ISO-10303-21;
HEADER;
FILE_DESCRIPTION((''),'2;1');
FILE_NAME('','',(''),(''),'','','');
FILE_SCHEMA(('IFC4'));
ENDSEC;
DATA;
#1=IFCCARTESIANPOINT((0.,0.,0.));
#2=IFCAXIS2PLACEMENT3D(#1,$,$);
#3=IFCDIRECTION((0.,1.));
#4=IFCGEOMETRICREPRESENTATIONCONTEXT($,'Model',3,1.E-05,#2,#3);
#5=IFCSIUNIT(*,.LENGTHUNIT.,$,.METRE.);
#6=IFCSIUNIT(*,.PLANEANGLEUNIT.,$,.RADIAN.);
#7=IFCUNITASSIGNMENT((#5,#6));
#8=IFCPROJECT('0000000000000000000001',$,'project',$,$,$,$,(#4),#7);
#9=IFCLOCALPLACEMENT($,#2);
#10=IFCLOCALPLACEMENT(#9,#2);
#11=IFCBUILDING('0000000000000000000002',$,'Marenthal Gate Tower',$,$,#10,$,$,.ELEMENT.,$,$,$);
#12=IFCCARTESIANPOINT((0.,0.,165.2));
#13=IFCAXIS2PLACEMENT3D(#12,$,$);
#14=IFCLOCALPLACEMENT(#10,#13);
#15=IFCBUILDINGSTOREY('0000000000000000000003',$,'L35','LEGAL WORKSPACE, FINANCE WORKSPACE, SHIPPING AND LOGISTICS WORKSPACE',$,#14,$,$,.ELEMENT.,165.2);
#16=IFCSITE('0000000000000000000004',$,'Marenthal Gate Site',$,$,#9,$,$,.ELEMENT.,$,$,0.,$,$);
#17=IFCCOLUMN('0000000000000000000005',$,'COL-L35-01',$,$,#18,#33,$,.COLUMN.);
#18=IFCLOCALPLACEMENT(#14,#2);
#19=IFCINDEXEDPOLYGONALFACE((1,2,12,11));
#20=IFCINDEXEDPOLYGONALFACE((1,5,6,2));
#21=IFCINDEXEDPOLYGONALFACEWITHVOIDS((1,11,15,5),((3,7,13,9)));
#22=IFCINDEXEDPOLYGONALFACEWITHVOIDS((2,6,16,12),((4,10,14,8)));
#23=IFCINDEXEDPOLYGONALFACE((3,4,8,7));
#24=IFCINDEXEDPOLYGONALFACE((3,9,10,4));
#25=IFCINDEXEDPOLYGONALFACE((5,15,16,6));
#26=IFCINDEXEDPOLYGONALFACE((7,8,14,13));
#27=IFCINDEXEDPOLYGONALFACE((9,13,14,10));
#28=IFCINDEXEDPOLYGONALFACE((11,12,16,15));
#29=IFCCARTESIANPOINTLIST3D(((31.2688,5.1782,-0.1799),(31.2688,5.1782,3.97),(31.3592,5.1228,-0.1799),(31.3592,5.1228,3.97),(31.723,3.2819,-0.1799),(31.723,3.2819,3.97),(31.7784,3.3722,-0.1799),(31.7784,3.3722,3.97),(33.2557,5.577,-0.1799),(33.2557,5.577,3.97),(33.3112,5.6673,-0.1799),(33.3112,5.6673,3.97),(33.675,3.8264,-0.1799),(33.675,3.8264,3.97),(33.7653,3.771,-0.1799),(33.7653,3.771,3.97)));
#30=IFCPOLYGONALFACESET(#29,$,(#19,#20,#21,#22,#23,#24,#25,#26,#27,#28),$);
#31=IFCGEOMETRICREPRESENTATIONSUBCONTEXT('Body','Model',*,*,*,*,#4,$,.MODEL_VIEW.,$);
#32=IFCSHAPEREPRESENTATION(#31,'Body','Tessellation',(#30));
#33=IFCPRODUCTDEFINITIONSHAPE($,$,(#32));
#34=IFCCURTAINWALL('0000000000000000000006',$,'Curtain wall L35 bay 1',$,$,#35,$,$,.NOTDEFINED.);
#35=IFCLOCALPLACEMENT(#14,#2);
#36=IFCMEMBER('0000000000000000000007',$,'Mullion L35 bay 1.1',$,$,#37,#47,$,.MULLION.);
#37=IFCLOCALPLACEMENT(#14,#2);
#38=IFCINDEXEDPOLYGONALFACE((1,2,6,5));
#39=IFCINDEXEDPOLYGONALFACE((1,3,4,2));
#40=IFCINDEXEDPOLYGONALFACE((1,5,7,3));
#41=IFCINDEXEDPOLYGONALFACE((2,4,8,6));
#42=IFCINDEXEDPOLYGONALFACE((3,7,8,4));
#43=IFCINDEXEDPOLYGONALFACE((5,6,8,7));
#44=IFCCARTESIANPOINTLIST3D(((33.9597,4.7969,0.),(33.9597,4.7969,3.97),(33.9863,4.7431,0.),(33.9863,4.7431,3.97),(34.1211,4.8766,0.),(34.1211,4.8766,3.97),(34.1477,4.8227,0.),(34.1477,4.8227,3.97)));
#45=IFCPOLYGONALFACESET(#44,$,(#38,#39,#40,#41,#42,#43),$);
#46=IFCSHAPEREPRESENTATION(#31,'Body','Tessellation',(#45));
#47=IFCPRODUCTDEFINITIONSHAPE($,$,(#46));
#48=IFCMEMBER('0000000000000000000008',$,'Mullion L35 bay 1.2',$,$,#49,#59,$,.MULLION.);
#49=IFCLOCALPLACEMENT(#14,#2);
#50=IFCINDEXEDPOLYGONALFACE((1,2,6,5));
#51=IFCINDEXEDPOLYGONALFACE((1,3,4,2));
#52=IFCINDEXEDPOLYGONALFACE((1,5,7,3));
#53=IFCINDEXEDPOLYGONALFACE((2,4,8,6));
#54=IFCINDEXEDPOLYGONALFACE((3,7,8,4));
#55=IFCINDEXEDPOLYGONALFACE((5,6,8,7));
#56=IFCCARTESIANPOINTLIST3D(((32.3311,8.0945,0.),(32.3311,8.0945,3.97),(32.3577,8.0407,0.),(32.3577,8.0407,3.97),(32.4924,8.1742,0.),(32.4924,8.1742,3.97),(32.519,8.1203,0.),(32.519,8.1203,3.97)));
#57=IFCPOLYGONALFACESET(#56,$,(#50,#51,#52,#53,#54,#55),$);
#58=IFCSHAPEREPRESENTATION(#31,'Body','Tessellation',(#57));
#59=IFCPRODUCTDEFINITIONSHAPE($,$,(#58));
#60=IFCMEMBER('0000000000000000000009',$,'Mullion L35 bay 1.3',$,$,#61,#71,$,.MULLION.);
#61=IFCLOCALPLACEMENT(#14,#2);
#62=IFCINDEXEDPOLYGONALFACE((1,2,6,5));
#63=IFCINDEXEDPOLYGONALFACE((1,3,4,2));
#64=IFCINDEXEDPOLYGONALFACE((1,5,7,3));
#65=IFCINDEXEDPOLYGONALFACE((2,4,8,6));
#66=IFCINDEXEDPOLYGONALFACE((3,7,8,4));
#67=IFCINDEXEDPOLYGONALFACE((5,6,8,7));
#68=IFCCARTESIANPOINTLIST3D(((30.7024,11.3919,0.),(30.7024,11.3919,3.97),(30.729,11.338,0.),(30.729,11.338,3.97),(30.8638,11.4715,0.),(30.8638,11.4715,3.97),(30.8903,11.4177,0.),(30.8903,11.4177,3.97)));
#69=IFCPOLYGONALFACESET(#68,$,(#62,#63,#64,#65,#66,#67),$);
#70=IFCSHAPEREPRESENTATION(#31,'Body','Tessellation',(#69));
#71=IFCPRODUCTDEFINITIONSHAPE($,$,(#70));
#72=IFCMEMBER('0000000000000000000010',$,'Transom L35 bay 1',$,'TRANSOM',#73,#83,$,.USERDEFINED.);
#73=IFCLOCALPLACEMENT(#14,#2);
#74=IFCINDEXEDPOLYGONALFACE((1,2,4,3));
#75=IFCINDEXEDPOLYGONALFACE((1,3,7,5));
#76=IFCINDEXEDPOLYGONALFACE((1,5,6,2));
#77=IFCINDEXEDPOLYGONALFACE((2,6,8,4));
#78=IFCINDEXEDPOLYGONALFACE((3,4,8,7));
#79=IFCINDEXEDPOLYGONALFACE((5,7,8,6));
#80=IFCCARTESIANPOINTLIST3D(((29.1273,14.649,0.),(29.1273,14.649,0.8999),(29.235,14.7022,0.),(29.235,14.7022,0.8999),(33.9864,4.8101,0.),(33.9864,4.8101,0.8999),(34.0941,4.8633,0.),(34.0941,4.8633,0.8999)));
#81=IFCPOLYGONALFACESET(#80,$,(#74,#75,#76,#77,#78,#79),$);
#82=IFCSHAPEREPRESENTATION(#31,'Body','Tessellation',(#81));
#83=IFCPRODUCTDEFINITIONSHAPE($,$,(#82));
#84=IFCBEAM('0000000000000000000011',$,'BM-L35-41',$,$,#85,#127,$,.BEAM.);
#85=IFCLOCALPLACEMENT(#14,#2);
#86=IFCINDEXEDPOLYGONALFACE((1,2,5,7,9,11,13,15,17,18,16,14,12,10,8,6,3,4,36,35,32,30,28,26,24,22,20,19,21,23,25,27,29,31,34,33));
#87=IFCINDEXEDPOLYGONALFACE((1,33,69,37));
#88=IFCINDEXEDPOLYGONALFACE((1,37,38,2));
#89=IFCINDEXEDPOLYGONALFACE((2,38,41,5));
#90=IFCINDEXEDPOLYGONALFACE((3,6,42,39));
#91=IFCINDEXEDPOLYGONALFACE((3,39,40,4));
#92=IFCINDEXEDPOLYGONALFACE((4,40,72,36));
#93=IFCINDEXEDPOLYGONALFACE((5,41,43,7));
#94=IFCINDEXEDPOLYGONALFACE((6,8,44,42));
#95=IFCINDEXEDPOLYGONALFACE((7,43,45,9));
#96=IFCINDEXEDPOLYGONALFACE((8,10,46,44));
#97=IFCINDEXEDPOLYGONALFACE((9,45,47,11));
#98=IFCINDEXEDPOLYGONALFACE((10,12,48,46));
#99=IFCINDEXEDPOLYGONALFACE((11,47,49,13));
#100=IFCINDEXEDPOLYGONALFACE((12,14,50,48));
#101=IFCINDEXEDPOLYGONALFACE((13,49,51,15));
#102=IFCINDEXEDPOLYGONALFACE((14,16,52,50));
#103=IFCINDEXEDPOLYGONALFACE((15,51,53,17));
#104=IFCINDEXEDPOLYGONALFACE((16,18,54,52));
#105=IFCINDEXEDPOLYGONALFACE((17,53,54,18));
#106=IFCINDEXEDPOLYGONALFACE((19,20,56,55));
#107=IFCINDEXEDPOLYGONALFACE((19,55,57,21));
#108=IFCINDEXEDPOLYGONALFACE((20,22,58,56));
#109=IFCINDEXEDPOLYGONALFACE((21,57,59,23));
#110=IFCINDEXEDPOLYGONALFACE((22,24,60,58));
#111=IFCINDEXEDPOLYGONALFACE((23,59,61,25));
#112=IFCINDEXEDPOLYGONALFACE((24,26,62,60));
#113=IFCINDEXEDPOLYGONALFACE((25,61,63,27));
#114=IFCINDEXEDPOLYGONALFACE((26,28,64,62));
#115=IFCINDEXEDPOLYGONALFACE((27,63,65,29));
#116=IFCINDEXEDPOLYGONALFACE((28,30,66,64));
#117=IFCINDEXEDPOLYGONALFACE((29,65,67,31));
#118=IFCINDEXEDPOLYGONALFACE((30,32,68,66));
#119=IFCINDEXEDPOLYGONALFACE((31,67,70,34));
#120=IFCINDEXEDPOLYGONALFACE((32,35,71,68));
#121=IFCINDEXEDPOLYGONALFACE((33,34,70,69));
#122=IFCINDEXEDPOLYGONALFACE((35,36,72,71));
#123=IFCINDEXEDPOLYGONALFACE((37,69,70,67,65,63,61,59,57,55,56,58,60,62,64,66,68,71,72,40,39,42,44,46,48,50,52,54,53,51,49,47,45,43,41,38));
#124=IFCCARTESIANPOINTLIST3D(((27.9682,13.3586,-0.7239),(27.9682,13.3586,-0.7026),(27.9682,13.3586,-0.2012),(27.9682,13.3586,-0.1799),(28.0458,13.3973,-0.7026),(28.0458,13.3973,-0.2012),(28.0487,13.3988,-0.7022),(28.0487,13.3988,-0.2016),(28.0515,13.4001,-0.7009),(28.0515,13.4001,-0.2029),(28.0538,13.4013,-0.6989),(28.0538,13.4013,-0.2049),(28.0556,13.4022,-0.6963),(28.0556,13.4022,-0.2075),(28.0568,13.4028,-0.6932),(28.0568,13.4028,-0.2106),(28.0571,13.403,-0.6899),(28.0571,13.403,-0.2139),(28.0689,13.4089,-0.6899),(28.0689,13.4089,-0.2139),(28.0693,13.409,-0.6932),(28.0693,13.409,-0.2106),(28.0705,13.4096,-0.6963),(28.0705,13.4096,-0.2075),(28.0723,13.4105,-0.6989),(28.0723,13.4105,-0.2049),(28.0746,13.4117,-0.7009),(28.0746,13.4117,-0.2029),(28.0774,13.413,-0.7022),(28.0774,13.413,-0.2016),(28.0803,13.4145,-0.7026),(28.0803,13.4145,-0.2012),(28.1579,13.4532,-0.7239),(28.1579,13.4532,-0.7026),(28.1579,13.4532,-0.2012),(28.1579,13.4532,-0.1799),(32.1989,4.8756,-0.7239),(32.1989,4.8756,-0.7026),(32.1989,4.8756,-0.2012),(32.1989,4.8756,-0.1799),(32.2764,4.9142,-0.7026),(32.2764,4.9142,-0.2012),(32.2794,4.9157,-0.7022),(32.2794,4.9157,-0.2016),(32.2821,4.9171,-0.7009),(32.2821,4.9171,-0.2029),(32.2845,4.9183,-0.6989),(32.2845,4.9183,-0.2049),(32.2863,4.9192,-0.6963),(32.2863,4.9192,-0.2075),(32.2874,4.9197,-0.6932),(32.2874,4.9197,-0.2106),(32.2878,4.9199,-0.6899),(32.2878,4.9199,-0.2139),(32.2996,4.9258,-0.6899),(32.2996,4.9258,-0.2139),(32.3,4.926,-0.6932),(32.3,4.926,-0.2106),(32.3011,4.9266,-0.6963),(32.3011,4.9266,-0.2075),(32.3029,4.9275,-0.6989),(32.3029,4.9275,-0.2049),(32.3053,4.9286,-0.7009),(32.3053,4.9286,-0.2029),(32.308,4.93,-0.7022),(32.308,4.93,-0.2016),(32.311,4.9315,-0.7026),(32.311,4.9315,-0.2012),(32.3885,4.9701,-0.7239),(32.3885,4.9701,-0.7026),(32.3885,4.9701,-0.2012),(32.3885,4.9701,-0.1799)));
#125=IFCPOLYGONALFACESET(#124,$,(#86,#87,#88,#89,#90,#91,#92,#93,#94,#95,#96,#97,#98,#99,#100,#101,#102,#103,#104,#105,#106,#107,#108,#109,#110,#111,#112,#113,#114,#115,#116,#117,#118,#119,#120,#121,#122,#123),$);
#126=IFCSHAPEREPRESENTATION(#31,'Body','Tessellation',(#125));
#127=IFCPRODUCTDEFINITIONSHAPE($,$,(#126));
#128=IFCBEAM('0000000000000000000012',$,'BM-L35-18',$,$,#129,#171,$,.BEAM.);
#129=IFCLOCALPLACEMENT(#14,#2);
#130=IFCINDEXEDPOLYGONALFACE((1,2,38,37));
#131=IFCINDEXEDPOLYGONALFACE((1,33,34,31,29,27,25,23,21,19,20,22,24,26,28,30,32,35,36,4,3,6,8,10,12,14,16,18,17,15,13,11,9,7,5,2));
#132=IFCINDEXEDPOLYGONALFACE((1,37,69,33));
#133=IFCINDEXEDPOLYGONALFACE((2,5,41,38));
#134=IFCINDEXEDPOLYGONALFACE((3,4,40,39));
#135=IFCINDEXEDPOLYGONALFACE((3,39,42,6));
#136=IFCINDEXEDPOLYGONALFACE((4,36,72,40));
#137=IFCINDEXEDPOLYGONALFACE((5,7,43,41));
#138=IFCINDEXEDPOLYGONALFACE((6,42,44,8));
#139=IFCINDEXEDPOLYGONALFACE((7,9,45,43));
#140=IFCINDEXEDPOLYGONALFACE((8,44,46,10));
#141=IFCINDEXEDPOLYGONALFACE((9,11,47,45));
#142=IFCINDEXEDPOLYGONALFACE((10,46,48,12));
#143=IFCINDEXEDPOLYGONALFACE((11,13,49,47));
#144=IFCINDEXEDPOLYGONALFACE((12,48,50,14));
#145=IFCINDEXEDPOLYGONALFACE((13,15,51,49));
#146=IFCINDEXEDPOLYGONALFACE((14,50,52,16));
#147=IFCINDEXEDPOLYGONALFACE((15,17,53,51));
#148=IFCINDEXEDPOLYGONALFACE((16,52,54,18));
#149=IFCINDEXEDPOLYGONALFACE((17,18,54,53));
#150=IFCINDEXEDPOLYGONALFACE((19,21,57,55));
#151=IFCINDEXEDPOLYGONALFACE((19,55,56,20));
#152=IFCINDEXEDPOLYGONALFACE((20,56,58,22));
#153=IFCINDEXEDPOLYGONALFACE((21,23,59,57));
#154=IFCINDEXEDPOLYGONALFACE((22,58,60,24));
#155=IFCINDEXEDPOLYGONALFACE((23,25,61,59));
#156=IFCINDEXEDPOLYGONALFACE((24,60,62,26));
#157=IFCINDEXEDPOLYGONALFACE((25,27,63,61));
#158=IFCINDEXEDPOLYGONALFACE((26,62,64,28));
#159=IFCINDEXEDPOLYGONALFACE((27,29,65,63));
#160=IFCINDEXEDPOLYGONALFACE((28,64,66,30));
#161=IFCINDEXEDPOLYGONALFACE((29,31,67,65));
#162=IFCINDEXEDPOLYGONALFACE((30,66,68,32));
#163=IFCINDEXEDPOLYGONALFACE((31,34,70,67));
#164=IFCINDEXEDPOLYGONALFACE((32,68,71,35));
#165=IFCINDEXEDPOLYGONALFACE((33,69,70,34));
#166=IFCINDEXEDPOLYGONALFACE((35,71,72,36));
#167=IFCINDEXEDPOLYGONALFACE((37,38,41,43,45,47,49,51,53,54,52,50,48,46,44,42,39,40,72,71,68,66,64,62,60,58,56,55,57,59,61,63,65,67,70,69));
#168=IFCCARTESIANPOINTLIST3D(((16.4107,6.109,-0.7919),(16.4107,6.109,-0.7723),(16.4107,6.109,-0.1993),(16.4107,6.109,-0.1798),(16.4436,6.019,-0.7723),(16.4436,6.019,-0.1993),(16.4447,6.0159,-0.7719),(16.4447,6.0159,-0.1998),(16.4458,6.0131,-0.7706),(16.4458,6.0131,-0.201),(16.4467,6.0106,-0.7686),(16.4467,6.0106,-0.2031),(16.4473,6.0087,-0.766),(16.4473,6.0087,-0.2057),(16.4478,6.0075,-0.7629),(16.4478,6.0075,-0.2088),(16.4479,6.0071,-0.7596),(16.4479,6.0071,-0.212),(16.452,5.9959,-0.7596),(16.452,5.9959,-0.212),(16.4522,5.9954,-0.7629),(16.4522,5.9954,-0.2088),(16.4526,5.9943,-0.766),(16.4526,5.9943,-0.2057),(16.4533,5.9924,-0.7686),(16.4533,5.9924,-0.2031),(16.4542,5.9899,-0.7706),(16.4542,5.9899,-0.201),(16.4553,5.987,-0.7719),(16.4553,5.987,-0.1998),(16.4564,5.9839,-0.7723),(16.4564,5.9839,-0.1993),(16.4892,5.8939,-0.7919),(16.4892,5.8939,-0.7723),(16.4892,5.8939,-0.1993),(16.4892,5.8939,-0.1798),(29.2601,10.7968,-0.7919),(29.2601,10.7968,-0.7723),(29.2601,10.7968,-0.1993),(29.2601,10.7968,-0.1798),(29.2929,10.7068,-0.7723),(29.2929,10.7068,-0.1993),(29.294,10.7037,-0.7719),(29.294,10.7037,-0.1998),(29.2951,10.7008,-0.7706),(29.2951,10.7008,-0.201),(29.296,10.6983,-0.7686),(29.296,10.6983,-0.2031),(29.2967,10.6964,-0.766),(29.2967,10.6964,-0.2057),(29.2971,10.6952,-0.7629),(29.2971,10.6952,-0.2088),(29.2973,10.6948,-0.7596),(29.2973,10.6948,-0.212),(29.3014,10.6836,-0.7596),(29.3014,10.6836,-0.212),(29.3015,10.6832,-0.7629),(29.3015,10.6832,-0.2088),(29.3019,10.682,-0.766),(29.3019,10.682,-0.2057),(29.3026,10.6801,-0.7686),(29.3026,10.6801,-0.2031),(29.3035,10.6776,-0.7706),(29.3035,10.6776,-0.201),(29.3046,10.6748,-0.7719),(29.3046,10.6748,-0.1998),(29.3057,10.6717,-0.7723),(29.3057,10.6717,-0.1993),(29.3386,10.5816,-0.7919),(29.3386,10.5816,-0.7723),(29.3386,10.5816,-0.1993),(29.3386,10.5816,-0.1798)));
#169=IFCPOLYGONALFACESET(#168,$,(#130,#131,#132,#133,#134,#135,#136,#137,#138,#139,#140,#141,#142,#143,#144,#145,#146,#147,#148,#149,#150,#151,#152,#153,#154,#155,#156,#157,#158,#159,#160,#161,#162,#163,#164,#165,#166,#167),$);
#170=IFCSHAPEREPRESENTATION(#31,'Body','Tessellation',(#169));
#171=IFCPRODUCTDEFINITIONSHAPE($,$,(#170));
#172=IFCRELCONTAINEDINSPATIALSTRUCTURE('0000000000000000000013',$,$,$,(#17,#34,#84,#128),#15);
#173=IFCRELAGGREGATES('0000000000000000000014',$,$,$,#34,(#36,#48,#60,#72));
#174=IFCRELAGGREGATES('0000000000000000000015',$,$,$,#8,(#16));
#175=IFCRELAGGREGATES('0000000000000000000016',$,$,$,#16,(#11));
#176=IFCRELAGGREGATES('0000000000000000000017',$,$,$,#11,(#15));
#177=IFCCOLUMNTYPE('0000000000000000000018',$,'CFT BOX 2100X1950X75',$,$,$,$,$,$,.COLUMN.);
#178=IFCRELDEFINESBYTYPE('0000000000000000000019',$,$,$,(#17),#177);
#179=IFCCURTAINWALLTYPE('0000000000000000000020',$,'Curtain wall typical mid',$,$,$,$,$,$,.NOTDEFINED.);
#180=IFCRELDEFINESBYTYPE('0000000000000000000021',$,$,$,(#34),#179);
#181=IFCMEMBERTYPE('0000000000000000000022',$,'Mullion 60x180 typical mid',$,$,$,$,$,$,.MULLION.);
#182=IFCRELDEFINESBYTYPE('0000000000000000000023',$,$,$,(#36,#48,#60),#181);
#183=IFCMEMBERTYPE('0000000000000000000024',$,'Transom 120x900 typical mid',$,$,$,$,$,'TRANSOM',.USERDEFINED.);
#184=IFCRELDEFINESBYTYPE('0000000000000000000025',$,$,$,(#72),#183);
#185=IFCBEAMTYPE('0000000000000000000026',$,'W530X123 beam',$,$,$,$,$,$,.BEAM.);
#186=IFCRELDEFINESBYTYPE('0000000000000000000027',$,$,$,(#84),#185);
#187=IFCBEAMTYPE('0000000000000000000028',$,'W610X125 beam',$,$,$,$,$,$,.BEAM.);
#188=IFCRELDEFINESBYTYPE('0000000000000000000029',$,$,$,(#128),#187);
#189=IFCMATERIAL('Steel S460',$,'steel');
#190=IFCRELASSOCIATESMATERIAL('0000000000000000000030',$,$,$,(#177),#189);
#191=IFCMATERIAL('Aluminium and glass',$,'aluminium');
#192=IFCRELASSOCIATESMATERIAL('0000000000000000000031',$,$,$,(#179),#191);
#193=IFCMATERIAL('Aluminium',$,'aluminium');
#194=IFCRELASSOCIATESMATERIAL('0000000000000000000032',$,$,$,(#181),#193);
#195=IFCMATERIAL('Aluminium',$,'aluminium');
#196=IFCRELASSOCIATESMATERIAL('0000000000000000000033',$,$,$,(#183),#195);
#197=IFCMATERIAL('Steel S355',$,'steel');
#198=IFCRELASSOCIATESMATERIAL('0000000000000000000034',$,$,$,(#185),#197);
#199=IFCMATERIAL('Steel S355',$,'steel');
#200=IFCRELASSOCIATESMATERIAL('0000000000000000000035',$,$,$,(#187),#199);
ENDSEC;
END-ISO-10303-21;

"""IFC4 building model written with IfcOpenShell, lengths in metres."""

from ifc_helpers import new_model, si_unit, direction, frame, origin, origin_2d, place, context, subcontext, project, spatial, rectangle, hollow_rectangle, i_section, extrude, material, material_profile, profile_set, type_object, element, aggregate, save


model = new_model("IFC4")

# Units and contexts
model_context = context("Model", 3, precision=1e-05, world=origin(), true_north=direction((0.0, 1.0)))
body_context = subcontext(model_context, "Body", "Model", "MODEL_VIEW")
ifc_project = project(units=[si_unit("LENGTHUNIT", "METRE"), si_unit("PLANEANGLEUNIT", "RADIAN")], contexts=[model_context])

# Site, building, storey
site_placement = place(None, origin())
site = spatial("IfcSite", under=ifc_project, at=site_placement, Name="Marenthal Gate Site", CompositionType="ELEMENT", RefElevation=0.0)
building_placement = place(site_placement, origin())
building = spatial("IfcBuilding", under=site, at=building_placement, Name="Marenthal Gate Tower", CompositionType="ELEMENT")
storey_placement = place(building_placement, frame((0.0, 0.0, 165.2)))
storey = spatial("IfcBuildingStorey", under=building, at=storey_placement, Name="L35", Description="LEGAL WORKSPACE, FINANCE WORKSPACE, SHIPPING AND LOGISTICS WORKSPACE", CompositionType="ELEMENT", Elevation=165.2)

# Column
ifc_material_1 = material(Name="Steel S460", Category="steel")
ifc_material_profile_1 = material_profile(ifc_material_1, hollow_rectangle(XDim=1.95, YDim=2.1001, WallThickness=0.075, at=origin_2d()), Name="CFT BOX 2100X1950X75")
ifc_material_2 = material(Name="Concrete 70 MPa", Category="concrete")
ifc_material_profile_2 = material_profile(ifc_material_2, rectangle(XDim=1.8, YDim=1.95, at=origin_2d()), Name="CFT BOX 2100X1950X75 INFILL")
ifc_profile_set_1 = profile_set([ifc_material_profile_1, ifc_material_profile_2], Name="Steel S460 shell, Concrete 70 MPa infill")
column_type = type_object("IfcColumnType", Name="CFT BOX 2100X1950X75", PredefinedType="COLUMN", material=ifc_profile_set_1)
column_placement = place(storey_placement, frame((32.5171, 4.4746, -0.1799), z_axis=(0.0, 0.0, 1.0), x_axis=(0.232909, -0.972499, 0.0)))
element("IfcColumn", 1, at=column_placement, inside=storey, type_object=column_type, Name="COL-L35-01", PredefinedType="COLUMN", context=body_context, shape_type="SweptSolid", body=[
    extrude(hollow_rectangle(XDim=1.95, YDim=2.1001, WallThickness=0.075, at=origin_2d()), origin(), (0.0, 0.0, 1.0), 4.1499),
])

# Curtain wall, members
ifc_material_3 = material(Name="Aluminium and glass", Category="aluminium")
curtain_wall_type = type_object("IfcCurtainWallType", Name="Curtain wall typical mid", PredefinedType="NOTDEFINED", material=ifc_material_3)
curtain_wall_placement = place(storey_placement, origin())
curtain_wall = element("IfcCurtainWall", 2, at=curtain_wall_placement, inside=storey, type_object=curtain_wall_type, Name="Curtain wall L35 bay 1", PredefinedType="NOTDEFINED")
ifc_material_4 = material(Name="Aluminium", Category="aluminium")
ifc_material_profile_3 = material_profile(ifc_material_4, rectangle(XDim=0.1799, YDim=0.0601, at=origin_2d()), Name="60x180 aluminium mullion")
ifc_profile_set_2 = profile_set([ifc_material_profile_3], Name="Aluminium")
member_type_1 = type_object("IfcMemberType", Name="Mullion 60x180 typical mid", PredefinedType="MULLION", material=ifc_profile_set_2)
member_1_placement = place(storey_placement, frame((34.0537, 4.8098, 0.0), z_axis=(0.0, 0.0, 1.0), x_axis=(-0.896609, -0.442824, 0.0)))
member_1 = element("IfcMember", 3, at=member_1_placement, type_object=member_type_1, Name="Mullion L35 bay 1.1", PredefinedType="MULLION", context=body_context, shape_type="SweptSolid", body=[
    extrude(rectangle(XDim=0.1799, YDim=0.0601, at=origin_2d()), origin(), (0.0, 0.0, 1.0), 3.97),
])
member_2_placement = place(storey_placement, frame((32.425, 8.1074, 0.0), z_axis=(0.0, 0.0, 1.0), x_axis=(-0.896609, -0.442824, 0.0)))
member_2 = element("IfcMember", 4, at=member_2_placement, type_object=member_type_1, Name="Mullion L35 bay 1.2", PredefinedType="MULLION", context=body_context, shape_type="SweptSolid", body=[
    extrude(rectangle(XDim=0.1799, YDim=0.0601, at=origin_2d()), origin(), (0.0, 0.0, 1.0), 3.97),
])
member_3_placement = place(storey_placement, frame((30.7964, 11.4048, 0.0), z_axis=(0.0, 0.0, 1.0), x_axis=(-0.896609, -0.442824, 0.0)))
member_3 = element("IfcMember", 5, at=member_3_placement, type_object=member_type_1, Name="Mullion L35 bay 1.3", PredefinedType="MULLION", context=body_context, shape_type="SweptSolid", body=[
    extrude(rectangle(XDim=0.1799, YDim=0.0601, at=origin_2d()), origin(), (0.0, 0.0, 1.0), 3.97),
])
ifc_material_5 = material(Name="Aluminium", Category="aluminium")
ifc_material_profile_4 = material_profile(ifc_material_5, rectangle(XDim=0.1201, YDim=0.8999, at=origin_2d()), Name="120x900 aluminium transom")
ifc_profile_set_3 = profile_set([ifc_material_profile_4], Name="Aluminium")
member_type_2 = type_object("IfcMemberType", Name="Transom 120x900 typical mid", ElementType="TRANSOM", PredefinedType="USERDEFINED", material=ifc_profile_set_3)
member_4_placement = place(storey_placement, frame((34.0403, 4.8367, 0.45), z_axis=(-0.442812, 0.896615, 0.0), x_axis=(-0.896615, -0.442812, 0.0)))
member_4 = element("IfcMember", 6, at=member_4_placement, type_object=member_type_2, Name="Transom L35 bay 1", ObjectType="TRANSOM", PredefinedType="USERDEFINED", context=body_context, shape_type="SweptSolid", body=[
    extrude(rectangle(XDim=0.1201, YDim=0.8999, at=origin_2d()), origin(), (0.0, 0.0, 1.0), 10.9734),
])

# Beams
ifc_material_6 = material(Name="Steel S355", Category="steel")
ifc_material_profile_5 = material_profile(ifc_material_6, i_section(OverallWidth=0.2119, OverallDepth=0.5439, WebThickness=0.0132, FlangeThickness=0.0212, FilletRadius=0.0127, at=origin_2d()), Name="W530X123")
ifc_profile_set_4 = profile_set([ifc_material_profile_5], Name="Steel S355")
beam_type_1 = type_object("IfcBeamType", Name="W530X123 beam", PredefinedType="BEAM", material=ifc_profile_set_4)
beam_1_placement = place(storey_placement, frame((32.2937, 4.9229, -0.4519), z_axis=(-0.446297, 0.894885, 0.0), x_axis=(-0.894885, -0.446297, 0.0)))
element("IfcBeam", 7, at=beam_1_placement, inside=storey, type_object=beam_type_1, Name="BM-L35-41", PredefinedType="BEAM", context=body_context, shape_type="SweptSolid", body=[
    extrude(i_section(OverallWidth=0.2119, OverallDepth=0.5439, WebThickness=0.0132, FlangeThickness=0.0212, FilletRadius=0.0127, at=origin_2d()), origin(), (0.0, 0.0, 1.0), 9.4795),
])
ifc_material_7 = material(Name="Steel S355", Category="steel")
ifc_material_profile_6 = material_profile(ifc_material_7, i_section(OverallWidth=0.229, OverallDepth=0.6121, WebThickness=0.012, FlangeThickness=0.0195, FilletRadius=0.0127, at=origin_2d()), Name="W610X125")
ifc_profile_set_5 = profile_set([ifc_material_profile_6], Name="Steel S355")
beam_type_2 = type_object("IfcBeamType", Name="W610X125 beam", PredefinedType="BEAM", material=ifc_profile_set_5)
beam_2_placement = place(storey_placement, frame((29.2993, 10.6892, -0.4858), z_axis=(-0.939435, -0.342727, 0.0), x_axis=(0.342727, -0.939435, 0.0)))
element("IfcBeam", 8, at=beam_2_placement, inside=storey, type_object=beam_type_2, Name="BM-L35-18", PredefinedType="BEAM", context=body_context, shape_type="SweptSolid", body=[
    extrude(i_section(OverallWidth=0.229, OverallDepth=0.6121, WebThickness=0.012, FlangeThickness=0.0195, FilletRadius=0.0127, at=origin_2d()), origin(), (0.0, 0.0, 1.0), 13.6777),
])

aggregate(curtain_wall, [member_1, member_2, member_3, member_4])

save(model, "model.ifc")
